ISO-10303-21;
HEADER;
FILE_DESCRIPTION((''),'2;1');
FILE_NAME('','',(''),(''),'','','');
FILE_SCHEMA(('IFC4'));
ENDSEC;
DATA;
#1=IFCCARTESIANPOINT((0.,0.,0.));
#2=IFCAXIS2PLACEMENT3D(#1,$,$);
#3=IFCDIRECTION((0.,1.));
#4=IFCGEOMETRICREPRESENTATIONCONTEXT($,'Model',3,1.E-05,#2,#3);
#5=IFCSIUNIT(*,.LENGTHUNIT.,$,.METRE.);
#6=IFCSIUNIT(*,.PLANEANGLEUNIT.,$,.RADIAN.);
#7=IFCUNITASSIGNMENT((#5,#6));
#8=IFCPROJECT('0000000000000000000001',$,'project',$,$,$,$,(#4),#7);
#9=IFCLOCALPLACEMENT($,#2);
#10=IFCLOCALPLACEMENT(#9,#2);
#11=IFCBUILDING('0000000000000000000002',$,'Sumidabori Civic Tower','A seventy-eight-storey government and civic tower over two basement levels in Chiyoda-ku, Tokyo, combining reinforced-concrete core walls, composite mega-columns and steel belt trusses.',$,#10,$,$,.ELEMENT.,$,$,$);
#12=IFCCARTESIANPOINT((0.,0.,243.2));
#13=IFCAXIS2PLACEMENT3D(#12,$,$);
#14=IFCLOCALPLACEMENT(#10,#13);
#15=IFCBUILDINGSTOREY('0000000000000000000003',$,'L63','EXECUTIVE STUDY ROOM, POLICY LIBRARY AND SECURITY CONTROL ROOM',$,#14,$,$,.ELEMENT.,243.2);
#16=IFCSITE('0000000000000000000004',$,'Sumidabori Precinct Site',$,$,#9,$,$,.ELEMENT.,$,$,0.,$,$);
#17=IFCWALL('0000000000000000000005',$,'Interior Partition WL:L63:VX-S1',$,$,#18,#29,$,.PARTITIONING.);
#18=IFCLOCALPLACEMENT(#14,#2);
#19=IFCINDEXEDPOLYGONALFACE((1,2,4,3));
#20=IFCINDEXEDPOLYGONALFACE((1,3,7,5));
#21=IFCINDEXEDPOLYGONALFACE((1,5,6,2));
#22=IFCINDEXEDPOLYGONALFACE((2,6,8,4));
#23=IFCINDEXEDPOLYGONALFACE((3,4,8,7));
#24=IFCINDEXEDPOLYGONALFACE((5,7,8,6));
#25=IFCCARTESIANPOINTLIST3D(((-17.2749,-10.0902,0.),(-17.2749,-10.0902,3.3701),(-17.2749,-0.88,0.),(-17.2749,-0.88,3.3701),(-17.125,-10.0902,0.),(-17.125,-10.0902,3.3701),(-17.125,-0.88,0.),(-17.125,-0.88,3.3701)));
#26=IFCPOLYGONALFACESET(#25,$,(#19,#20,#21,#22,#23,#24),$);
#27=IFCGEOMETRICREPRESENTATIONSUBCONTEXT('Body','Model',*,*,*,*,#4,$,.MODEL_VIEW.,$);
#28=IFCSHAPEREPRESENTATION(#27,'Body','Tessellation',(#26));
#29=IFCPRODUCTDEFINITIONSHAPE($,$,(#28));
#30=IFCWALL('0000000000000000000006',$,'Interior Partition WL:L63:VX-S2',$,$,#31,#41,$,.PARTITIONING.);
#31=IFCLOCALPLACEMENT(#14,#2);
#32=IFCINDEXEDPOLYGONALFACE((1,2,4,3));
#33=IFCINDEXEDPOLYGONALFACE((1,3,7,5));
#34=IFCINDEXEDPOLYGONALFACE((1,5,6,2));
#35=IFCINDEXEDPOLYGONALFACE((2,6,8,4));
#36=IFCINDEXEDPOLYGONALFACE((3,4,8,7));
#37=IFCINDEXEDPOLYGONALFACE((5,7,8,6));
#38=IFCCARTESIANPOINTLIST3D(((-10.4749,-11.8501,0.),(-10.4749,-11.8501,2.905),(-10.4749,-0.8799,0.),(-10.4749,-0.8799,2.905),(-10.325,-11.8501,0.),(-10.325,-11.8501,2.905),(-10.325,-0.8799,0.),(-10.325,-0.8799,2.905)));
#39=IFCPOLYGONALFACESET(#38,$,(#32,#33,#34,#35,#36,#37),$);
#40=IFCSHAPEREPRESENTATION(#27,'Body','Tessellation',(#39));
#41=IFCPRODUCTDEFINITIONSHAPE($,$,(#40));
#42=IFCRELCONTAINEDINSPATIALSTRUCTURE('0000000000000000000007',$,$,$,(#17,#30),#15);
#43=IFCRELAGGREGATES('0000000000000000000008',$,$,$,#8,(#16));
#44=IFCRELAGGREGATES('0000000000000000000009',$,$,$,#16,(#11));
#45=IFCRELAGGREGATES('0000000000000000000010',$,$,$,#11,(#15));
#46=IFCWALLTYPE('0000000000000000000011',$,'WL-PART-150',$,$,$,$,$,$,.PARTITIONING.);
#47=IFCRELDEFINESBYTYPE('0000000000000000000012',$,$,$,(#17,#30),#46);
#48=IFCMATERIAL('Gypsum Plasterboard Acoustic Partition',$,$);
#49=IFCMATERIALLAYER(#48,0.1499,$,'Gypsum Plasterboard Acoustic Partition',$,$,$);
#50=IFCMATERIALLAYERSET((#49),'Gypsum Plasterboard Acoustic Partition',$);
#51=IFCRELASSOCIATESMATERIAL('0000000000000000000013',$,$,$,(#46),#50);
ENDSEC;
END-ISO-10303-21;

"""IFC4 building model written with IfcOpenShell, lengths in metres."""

from ifc_helpers import new_model, si_unit, direction, frame, frame_2d, origin, place, context, subcontext, project, spatial, rectangle, extrude, source, transform, mapped, material, layer, layer_set, type_object, element, save


model = new_model("IFC4")

# Units and contexts
model_context = context("Model", 3, precision=1e-05, world=origin(), true_north=direction((0.0, 1.0)))
body_context = subcontext(model_context, "Body", "Model", "MODEL_VIEW")
ifc_project = project(units=[si_unit("LENGTHUNIT", "METRE"), si_unit("PLANEANGLEUNIT", "RADIAN")], contexts=[model_context])

# Site, building, storey
site_placement = place(None, origin())
site = spatial("IfcSite", under=ifc_project, at=site_placement, Name="Sumidabori Precinct Site", CompositionType="ELEMENT", RefElevation=0.0)
building_placement = place(site_placement, origin())
building = spatial("IfcBuilding", under=site, at=building_placement, Name="Sumidabori Civic Tower", Description="A seventy-eight-storey government and civic tower over two basement levels in Chiyoda-ku, Tokyo, combining reinforced-concrete core walls, composite mega-columns and steel belt trusses.", CompositionType="ELEMENT")
storey_placement = place(building_placement, frame((0.0, 0.0, 243.2)))
storey = spatial("IfcBuildingStorey", under=building, at=storey_placement, Name="L63", Description="EXECUTIVE STUDY ROOM, POLICY LIBRARY AND SECURITY CONTROL ROOM", CompositionType="ELEMENT", Elevation=243.2)

# Shared definitions
ifc_material_1 = material(Name="Gypsum Plasterboard Acoustic Partition")
ifc_layer_1 = layer(ifc_material_1, 0.1499, Name="Gypsum Plasterboard Acoustic Partition")
ifc_layer_set_1 = layer_set([ifc_layer_1], Name="Gypsum Plasterboard Acoustic Partition")
wall_type_1 = type_object("IfcWallType", Name="WL-PART-150", PredefinedType="PARTITIONING", material=ifc_layer_set_1)

# Walls
shared_shape_1 = source(origin(), body_context, "Body", "SweptSolid", [
    extrude(rectangle(XDim=9.2102, YDim=0.1499, at=frame_2d((4.605, 0.0))), origin(), (0.0, 0.0, 1.0), 3.3701),
])
wall_1_placement = place(storey_placement, frame((-17.2, -10.0901, 0.0), z_axis=(0.0, 0.0, 1.0), x_axis=(0.0, 1.0, 0.0)))
element("IfcWall", 1, at=wall_1_placement, inside=storey, type_object=wall_type_1, Name="Interior Partition WL:L63:VX-S1", PredefinedType="PARTITIONING", context=body_context, shape_type="MappedRepresentation", body=[
    mapped(shared_shape_1, transform((0.0, 0.0, 0.0), x_axis=(1.0, 0.0, 0.0), y_axis=(0.0, 1.0, 0.0), z_axis=(0.0, 0.0, 1.0), scale=1.0)),
])
shared_shape_2 = source(origin(), body_context, "Body", "SweptSolid", [
    extrude(rectangle(XDim=10.9702, YDim=0.1499, at=frame_2d((5.4851, 0.0))), origin(), (0.0, 0.0, 1.0), 2.905),
])
wall_2_placement = place(storey_placement, frame((-10.3999, -11.8501, 0.0), z_axis=(0.0, 0.0, 1.0), x_axis=(0.0, 1.0, 0.0)))
element("IfcWall", 2, at=wall_2_placement, inside=storey, type_object=wall_type_1, Name="Interior Partition WL:L63:VX-S2", PredefinedType="PARTITIONING", context=body_context, shape_type="MappedRepresentation", body=[
    mapped(shared_shape_2, transform((0.0, 0.0, 0.0), x_axis=(1.0, 0.0, 0.0), y_axis=(0.0, 1.0, 0.0), z_axis=(0.0, 0.0, 1.0), scale=1.0)),
])

save(model, "model.ifc")
